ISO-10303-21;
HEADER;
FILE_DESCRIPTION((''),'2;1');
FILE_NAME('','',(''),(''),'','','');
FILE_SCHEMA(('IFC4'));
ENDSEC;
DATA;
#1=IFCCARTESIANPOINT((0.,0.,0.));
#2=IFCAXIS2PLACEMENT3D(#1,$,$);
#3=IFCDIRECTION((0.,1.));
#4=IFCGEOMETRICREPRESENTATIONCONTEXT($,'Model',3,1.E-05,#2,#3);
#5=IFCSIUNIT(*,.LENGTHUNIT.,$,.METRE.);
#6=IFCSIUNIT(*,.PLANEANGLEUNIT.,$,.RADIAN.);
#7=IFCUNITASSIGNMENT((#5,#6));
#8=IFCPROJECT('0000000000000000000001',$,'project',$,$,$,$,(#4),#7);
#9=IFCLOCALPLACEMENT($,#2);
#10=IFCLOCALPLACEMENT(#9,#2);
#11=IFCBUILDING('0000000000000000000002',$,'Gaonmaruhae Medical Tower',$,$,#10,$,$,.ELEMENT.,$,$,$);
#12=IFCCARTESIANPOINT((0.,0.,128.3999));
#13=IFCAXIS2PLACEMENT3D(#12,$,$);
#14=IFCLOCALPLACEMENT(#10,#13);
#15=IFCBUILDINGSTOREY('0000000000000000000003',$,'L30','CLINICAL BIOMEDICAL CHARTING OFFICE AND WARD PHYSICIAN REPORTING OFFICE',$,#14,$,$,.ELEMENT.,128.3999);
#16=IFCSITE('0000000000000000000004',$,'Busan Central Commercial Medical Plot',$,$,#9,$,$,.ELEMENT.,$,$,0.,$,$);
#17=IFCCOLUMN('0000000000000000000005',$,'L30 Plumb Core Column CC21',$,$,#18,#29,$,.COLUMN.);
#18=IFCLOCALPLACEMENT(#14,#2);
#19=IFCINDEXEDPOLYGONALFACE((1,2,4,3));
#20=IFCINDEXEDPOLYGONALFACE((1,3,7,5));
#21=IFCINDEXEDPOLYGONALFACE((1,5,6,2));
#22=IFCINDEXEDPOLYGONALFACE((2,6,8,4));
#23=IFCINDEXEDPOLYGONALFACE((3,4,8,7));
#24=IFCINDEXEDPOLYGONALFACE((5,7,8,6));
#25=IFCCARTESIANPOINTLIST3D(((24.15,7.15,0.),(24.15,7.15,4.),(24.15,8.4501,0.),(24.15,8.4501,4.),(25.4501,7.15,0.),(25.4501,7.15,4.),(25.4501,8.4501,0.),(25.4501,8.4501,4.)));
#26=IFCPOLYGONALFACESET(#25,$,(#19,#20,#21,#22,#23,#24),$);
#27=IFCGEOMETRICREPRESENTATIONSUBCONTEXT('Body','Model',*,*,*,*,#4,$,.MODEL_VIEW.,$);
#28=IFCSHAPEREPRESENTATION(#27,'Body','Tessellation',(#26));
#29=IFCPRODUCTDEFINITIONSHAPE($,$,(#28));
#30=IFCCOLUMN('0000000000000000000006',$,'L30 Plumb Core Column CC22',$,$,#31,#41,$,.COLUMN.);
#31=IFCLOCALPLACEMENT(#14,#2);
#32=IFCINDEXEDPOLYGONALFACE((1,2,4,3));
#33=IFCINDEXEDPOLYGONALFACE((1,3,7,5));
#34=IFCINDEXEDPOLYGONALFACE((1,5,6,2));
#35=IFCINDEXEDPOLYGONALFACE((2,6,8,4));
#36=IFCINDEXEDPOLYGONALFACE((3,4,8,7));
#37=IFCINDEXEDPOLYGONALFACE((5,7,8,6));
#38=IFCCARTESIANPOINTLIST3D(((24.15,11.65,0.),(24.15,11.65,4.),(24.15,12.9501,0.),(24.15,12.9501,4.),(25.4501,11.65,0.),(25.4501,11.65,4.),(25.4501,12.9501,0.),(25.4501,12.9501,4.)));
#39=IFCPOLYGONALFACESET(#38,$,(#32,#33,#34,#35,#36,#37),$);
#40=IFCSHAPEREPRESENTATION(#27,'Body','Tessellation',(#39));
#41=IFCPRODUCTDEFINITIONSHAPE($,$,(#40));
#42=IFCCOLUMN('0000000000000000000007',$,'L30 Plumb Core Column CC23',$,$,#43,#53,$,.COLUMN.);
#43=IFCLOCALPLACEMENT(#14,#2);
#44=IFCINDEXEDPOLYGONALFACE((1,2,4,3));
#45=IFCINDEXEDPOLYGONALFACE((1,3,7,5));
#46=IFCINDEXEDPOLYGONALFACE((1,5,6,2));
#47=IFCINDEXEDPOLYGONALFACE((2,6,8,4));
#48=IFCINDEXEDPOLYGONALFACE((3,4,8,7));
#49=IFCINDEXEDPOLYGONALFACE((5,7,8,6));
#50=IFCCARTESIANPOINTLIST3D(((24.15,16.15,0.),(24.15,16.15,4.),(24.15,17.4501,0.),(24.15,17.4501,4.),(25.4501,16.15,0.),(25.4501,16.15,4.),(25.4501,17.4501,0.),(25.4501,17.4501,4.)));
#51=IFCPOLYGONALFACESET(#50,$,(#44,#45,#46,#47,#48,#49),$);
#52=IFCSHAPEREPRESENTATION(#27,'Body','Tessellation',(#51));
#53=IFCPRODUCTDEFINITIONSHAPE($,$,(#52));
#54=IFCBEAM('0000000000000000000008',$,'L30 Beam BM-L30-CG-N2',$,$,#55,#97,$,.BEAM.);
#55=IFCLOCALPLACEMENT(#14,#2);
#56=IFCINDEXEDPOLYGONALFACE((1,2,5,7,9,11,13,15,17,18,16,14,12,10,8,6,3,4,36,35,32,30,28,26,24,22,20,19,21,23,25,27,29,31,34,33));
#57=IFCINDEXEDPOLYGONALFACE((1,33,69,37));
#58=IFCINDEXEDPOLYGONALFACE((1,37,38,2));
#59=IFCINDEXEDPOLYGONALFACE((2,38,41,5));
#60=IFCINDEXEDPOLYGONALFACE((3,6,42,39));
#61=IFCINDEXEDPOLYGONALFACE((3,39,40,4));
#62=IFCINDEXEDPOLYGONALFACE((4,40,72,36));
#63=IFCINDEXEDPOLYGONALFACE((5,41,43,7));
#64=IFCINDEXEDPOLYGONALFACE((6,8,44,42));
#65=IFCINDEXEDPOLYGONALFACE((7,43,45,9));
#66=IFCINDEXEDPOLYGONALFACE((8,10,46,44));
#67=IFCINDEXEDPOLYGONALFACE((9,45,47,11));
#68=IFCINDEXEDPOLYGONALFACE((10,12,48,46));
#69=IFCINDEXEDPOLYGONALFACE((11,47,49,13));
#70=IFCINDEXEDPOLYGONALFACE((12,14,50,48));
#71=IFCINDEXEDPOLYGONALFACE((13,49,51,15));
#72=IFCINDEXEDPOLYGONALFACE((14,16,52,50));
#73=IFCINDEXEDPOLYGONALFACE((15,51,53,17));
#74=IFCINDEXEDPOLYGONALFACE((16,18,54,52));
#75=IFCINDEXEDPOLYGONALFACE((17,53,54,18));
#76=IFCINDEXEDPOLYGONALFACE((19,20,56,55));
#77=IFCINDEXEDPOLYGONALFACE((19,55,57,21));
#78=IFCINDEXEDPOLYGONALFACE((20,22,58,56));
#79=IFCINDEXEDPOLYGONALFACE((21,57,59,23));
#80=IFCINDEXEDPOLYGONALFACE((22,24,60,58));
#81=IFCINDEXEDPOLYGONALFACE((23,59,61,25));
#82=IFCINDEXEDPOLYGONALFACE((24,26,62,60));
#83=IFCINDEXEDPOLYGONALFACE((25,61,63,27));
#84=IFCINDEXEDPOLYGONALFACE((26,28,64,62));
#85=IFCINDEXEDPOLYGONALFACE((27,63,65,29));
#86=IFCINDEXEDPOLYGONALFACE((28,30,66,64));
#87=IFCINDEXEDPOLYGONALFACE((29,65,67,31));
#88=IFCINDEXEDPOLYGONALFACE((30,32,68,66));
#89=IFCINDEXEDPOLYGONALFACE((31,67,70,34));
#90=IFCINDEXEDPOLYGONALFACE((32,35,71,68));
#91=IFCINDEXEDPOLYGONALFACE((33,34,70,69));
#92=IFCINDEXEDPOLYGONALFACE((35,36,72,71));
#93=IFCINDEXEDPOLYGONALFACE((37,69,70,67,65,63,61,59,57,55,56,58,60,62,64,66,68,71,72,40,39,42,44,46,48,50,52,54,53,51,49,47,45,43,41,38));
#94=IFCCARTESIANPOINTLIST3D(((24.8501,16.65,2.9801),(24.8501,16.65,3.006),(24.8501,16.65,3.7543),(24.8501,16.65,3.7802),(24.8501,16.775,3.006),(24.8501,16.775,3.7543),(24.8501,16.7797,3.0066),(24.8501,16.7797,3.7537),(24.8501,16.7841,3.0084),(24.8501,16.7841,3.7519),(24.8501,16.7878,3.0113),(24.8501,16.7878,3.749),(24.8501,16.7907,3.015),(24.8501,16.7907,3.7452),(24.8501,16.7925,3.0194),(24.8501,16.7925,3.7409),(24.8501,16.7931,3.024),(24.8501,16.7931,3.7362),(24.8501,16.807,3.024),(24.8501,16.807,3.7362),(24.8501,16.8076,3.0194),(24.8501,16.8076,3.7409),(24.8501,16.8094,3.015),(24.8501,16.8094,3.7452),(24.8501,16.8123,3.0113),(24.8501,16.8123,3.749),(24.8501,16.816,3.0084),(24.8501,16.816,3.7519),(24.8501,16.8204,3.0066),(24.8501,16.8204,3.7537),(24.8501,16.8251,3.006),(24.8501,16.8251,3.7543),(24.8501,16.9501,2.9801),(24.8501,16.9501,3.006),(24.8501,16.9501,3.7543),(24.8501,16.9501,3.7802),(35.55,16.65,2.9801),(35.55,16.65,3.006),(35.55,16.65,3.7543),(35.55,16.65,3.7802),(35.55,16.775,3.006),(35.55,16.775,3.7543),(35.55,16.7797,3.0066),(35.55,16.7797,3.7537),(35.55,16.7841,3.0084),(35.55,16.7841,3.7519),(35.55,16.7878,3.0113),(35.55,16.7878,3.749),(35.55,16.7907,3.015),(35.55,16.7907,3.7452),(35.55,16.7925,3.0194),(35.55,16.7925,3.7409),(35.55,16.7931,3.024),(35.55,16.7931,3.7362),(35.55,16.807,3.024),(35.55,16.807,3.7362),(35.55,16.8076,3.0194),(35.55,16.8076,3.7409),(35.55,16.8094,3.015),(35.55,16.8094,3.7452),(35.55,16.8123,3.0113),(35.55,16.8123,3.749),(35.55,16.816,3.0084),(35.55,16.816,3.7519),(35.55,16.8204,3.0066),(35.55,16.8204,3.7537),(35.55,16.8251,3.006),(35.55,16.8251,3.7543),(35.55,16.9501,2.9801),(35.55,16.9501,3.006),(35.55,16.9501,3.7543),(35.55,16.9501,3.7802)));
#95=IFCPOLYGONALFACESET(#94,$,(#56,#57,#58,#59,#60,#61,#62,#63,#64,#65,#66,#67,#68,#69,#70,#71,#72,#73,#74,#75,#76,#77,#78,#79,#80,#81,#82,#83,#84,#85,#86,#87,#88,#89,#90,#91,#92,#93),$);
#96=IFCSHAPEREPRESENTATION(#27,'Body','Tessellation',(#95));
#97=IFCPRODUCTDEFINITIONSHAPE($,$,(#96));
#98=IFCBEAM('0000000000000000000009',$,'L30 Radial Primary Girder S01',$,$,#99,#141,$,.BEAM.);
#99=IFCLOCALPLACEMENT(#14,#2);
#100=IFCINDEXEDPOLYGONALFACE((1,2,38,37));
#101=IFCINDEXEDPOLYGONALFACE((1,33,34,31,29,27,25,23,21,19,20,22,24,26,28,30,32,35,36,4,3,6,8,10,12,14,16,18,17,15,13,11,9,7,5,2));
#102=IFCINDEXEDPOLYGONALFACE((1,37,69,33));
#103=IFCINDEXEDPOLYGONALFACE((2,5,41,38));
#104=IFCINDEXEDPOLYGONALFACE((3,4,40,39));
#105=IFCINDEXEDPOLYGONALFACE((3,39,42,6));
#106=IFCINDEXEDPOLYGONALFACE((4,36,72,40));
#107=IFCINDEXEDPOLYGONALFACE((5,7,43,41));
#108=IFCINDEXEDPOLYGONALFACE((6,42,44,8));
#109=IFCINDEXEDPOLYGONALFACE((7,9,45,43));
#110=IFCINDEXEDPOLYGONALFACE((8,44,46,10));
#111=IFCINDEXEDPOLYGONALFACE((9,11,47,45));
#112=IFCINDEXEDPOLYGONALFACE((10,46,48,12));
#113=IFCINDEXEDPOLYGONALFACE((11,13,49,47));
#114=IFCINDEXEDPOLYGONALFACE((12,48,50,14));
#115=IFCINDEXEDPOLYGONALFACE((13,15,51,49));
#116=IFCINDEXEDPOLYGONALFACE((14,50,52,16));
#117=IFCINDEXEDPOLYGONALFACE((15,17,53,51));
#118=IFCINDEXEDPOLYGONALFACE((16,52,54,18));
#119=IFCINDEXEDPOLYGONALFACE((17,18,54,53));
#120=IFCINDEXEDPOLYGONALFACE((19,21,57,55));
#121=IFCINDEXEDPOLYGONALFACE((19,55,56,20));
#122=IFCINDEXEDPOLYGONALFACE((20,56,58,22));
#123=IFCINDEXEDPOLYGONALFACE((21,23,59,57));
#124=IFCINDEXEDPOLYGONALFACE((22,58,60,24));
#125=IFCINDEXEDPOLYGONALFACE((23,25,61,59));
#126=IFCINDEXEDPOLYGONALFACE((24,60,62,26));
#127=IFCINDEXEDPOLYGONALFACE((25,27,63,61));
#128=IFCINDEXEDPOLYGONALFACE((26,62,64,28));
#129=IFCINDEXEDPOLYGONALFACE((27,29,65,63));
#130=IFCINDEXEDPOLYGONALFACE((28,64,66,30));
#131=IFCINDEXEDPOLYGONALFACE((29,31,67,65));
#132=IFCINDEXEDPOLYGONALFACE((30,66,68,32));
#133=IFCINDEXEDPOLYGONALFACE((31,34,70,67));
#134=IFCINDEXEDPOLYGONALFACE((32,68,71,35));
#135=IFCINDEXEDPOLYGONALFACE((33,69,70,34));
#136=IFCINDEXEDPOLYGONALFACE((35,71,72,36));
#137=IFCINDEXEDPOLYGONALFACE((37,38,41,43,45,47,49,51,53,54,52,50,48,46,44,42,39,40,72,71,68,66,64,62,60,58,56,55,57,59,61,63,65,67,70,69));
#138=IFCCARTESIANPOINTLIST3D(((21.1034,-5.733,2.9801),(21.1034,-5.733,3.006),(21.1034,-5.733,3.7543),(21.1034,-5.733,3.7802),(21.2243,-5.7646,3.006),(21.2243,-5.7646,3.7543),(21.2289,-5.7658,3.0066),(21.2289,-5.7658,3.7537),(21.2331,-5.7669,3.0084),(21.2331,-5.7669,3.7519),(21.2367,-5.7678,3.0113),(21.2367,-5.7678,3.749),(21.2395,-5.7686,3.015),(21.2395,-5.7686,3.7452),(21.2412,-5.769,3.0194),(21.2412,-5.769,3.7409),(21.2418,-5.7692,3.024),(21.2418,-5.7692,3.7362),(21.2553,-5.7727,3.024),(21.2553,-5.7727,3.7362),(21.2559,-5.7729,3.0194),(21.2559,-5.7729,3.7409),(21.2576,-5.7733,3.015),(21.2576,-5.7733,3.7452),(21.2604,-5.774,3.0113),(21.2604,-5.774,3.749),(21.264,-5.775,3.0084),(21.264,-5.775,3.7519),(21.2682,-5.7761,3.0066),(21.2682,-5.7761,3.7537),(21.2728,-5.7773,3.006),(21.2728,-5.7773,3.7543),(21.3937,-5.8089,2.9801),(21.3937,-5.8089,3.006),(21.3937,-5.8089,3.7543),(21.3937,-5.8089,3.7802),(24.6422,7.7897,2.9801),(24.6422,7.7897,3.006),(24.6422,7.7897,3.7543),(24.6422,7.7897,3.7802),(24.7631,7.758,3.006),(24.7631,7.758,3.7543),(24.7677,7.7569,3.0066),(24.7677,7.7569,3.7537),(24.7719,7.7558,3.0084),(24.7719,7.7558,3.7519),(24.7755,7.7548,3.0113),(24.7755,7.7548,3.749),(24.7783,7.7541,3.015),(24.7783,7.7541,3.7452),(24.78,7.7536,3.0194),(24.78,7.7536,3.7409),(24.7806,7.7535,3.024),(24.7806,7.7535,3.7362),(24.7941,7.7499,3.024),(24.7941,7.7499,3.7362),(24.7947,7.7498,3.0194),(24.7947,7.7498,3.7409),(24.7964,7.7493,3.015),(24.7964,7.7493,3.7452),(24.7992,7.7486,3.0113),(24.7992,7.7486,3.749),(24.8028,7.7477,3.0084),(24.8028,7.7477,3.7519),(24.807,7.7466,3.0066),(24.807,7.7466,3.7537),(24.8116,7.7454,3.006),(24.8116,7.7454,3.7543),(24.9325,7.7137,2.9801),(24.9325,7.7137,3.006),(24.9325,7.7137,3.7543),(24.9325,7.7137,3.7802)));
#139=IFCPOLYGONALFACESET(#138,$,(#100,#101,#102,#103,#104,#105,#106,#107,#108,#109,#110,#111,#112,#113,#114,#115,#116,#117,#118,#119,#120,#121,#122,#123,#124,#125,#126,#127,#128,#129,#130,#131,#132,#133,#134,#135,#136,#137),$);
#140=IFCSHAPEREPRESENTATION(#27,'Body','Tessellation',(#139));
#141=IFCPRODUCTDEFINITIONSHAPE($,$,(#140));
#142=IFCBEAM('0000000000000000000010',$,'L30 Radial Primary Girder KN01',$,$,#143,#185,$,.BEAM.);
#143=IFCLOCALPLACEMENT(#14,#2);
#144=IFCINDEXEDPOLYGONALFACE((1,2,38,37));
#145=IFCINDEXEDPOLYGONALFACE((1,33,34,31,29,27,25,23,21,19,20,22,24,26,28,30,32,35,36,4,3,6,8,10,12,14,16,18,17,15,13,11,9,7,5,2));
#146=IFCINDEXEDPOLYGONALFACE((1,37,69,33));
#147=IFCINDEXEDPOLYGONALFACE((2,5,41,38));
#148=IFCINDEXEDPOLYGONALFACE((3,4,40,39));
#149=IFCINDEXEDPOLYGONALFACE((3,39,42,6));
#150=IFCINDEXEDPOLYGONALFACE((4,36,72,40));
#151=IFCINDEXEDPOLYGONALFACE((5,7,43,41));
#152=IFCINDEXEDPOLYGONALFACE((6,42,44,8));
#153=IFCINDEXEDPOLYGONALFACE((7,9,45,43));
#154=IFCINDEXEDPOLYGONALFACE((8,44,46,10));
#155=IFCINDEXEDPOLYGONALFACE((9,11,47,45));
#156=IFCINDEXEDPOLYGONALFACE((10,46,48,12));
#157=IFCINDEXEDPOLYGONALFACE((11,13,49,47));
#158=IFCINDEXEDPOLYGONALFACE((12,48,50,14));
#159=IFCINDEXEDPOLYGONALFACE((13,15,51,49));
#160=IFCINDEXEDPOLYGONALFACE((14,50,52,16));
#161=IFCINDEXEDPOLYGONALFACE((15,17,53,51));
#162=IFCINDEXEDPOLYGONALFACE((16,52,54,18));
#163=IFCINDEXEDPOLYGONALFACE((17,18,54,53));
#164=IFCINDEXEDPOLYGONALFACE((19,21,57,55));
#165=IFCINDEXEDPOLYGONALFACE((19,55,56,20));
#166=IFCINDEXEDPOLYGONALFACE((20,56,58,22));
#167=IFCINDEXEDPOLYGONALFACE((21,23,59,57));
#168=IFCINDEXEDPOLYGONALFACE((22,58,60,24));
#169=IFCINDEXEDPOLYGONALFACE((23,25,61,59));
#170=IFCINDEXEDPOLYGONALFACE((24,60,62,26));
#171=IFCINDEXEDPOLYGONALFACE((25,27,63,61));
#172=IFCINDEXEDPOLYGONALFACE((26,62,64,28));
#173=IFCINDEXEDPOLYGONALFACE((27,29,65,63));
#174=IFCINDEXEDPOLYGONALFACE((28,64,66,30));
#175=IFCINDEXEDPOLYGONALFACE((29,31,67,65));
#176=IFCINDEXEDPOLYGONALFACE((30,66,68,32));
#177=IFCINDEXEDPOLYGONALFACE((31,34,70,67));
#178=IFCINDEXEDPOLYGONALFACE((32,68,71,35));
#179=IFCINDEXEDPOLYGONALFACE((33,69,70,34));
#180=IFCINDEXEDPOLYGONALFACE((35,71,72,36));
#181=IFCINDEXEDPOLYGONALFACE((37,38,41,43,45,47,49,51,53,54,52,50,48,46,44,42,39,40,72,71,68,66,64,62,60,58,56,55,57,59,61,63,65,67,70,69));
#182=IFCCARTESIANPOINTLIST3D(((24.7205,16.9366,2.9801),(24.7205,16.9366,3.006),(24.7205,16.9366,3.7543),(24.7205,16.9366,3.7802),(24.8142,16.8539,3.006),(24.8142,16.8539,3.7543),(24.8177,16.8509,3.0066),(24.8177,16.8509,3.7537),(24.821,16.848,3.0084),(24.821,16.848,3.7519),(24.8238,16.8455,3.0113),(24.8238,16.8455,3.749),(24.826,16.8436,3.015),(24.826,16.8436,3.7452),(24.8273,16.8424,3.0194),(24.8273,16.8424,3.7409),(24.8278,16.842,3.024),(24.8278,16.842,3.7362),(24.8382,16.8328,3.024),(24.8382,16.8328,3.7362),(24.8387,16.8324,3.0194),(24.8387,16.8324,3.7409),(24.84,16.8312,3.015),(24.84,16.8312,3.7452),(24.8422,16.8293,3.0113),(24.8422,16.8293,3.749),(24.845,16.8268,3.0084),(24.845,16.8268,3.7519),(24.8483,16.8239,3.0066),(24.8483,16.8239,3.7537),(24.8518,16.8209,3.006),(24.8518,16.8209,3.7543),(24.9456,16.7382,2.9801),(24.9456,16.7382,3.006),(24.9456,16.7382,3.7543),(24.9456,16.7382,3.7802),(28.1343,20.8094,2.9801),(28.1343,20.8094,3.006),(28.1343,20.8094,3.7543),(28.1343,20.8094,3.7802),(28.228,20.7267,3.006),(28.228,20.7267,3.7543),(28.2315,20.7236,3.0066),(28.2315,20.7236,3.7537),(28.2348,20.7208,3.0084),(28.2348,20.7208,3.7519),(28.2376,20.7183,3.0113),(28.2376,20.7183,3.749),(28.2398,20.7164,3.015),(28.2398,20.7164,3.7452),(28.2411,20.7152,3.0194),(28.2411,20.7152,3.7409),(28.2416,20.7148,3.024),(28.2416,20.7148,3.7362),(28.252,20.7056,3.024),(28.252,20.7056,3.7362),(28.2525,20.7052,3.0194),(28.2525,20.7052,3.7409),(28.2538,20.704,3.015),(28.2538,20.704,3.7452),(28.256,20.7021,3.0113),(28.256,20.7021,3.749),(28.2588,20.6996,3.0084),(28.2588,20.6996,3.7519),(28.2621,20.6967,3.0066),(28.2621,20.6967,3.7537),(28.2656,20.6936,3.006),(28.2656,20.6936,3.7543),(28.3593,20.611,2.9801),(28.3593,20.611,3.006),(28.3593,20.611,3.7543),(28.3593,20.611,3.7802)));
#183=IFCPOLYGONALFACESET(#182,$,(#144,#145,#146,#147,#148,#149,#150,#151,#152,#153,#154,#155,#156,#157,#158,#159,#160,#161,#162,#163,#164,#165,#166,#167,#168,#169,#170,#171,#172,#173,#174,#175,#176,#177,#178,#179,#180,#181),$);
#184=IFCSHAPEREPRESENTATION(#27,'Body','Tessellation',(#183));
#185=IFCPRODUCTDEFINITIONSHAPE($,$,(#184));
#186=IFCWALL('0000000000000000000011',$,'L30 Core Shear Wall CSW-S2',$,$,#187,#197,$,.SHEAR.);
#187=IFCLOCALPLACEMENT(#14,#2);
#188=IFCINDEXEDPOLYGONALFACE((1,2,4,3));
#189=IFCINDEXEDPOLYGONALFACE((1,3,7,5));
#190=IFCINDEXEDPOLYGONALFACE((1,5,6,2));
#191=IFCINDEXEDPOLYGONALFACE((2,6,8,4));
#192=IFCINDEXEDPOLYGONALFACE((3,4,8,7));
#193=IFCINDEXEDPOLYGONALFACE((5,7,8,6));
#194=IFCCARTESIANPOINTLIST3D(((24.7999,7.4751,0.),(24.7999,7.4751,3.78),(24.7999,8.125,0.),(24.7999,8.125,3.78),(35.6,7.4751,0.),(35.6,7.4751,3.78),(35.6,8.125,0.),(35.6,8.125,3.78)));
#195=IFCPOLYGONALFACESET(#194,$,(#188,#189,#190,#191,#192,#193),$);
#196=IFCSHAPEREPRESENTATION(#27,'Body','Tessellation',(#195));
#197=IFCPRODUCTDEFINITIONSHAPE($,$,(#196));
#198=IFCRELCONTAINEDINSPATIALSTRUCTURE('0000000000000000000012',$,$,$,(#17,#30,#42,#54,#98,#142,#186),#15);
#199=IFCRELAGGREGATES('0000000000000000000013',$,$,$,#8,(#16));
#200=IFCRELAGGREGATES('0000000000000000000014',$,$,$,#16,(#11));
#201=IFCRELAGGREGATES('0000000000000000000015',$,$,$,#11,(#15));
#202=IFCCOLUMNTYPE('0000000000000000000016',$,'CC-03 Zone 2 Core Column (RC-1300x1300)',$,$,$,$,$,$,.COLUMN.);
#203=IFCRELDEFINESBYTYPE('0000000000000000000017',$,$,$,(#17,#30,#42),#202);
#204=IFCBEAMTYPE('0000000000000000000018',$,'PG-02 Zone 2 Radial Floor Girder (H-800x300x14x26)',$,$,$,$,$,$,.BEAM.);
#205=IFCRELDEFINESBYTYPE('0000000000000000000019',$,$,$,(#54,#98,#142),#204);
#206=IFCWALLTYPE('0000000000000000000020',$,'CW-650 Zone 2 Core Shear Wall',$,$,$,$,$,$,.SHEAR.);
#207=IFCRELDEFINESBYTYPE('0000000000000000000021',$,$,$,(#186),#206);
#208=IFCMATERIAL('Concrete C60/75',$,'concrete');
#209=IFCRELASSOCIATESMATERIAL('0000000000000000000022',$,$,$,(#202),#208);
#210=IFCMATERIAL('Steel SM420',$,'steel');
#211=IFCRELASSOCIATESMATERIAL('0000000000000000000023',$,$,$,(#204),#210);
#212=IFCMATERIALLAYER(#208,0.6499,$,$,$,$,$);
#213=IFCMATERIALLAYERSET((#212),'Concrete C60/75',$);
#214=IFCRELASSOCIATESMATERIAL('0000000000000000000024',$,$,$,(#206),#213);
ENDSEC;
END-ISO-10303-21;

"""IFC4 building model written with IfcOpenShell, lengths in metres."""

from ifc_helpers import new_model, si_unit, direction, frame, frame_2d, origin, origin_2d, place, context, subcontext, project, spatial, rectangle, i_section, extrude, material, layer, layer_set, material_profile, profile_set, type_object, element, save


model = new_model("IFC4")

# Units and contexts
model_context = context("Model", 3, precision=1e-05, world=origin(), true_north=direction((0.0, 1.0)))
body_context = subcontext(model_context, "Body", "Model", "MODEL_VIEW")
ifc_project = project(units=[si_unit("LENGTHUNIT", "METRE"), si_unit("PLANEANGLEUNIT", "RADIAN")], contexts=[model_context])

# Site, building, storey
site_placement = place(None, origin())
site = spatial("IfcSite", under=ifc_project, at=site_placement, Name="Busan Central Commercial Medical Plot", CompositionType="ELEMENT", RefElevation=0.0)
building_placement = place(site_placement, origin())
building = spatial("IfcBuilding", under=site, at=building_placement, Name="Gaonmaruhae Medical Tower", CompositionType="ELEMENT")
storey_placement = place(building_placement, frame((0.0, 0.0, 128.3999)))
storey = spatial("IfcBuildingStorey", under=building, at=storey_placement, Name="L30", Description="CLINICAL BIOMEDICAL CHARTING OFFICE AND WARD PHYSICIAN REPORTING OFFICE", CompositionType="ELEMENT", Elevation=128.3999)

# Columns
ifc_material_1 = material(Name="Concrete C60/75", Category="concrete")
ifc_material_profile_1 = material_profile(ifc_material_1, rectangle(XDim=1.3, YDim=1.3, at=origin_2d()), Name="RC-1300x1300")
ifc_profile_set_1 = profile_set([ifc_material_profile_1], Name="Concrete C60/75")
column_type = type_object("IfcColumnType", Name="CC-03 Zone 2 Core Column (RC-1300x1300)", PredefinedType="COLUMN", material=ifc_profile_set_1)
for number, where, z_axis, x_axis, name in (
    (1, (24.8, 7.8, 0.0), (0.0, 0.0, 1.0), (1.0, 0.0, 0.0), "L30 Plumb Core Column CC21"),
    (2, (24.8, 12.3, 0.0), (0.0, 0.0, 1.0), (1.0, 0.0, 0.0), "L30 Plumb Core Column CC22"),
    (3, (24.8, 16.8, 0.0), (0.0, 0.0, 1.0), (1.0, 0.0, 0.0), "L30 Plumb Core Column CC23"),
):
    element("IfcColumn", number, at=place(storey_placement, frame(where, z_axis=z_axis, x_axis=x_axis)), inside=storey, type_object=column_type, Name=name, PredefinedType="COLUMN", context=body_context, shape_type="SweptSolid", body=[
        extrude(rectangle(XDim=1.3, YDim=1.3, at=origin_2d()), origin(), (0.0, 0.0, 1.0), 4.0),
    ])

# Beams
ifc_material_2 = material(Name="Steel SM420", Category="steel")
ifc_material_profile_2 = material_profile(ifc_material_2, i_section(OverallWidth=0.3, OverallDepth=0.8, WebThickness=0.0139, FlangeThickness=0.0259, FilletRadius=0.0181, at=origin_2d()), Name="H-800x300x14x26")
ifc_profile_set_2 = profile_set([ifc_material_profile_2], Name="Steel SM420")
beam_type = type_object("IfcBeamType", Name="PG-02 Zone 2 Radial Floor Girder (H-800x300x14x26)", PredefinedType="BEAM", material=ifc_profile_set_2)
beam_1_placement = place(storey_placement, frame((24.8501, 16.8, 3.3801), z_axis=(1.0, 0.0, 0.0), x_axis=(0.0, 1.0, 0.0)))
element("IfcBeam", 4, at=beam_1_placement, inside=storey, type_object=beam_type, Name="L30 Beam BM-L30-CG-N2", PredefinedType="BEAM", context=body_context, shape_type="SweptSolid", body=[
    extrude(i_section(OverallWidth=0.3, OverallDepth=0.8, WebThickness=0.0139, FlangeThickness=0.0259, FilletRadius=0.0181, at=origin_2d()), origin(), (0.0, 0.0, 1.0), 10.7),
])
beam_2_placement = place(storey_placement, frame((24.7874, 7.7517, 3.3801), z_axis=(-0.253169, -0.967422, 0.0), x_axis=(0.967422, -0.253169, 0.0)))
element("IfcBeam", 5, at=beam_2_placement, inside=storey, type_object=beam_type, Name="L30 Radial Primary Girder S01", PredefinedType="BEAM", context=body_context, shape_type="SweptSolid", body=[
    extrude(i_section(OverallWidth=0.3, OverallDepth=0.8, WebThickness=0.0139, FlangeThickness=0.0259, FilletRadius=0.0181, at=origin_2d()), origin(), (0.0, 0.0, 1.0), 13.978),
])
beam_3_placement = place(storey_placement, frame((24.833, 16.8374, 3.3801), z_axis=(0.661256, 0.750161, 0.0), x_axis=(-0.750161, 0.661256, 0.0)))
element("IfcBeam", 6, at=beam_3_placement, inside=storey, type_object=beam_type, Name="L30 Radial Primary Girder KN01", PredefinedType="BEAM", context=body_context, shape_type="SweptSolid", body=[
    extrude(i_section(OverallWidth=0.3, OverallDepth=0.8, WebThickness=0.0139, FlangeThickness=0.0259, FilletRadius=0.0181, at=origin_2d()), origin(), (0.0, 0.0, 1.0), 5.1626),
])

# Wall
ifc_layer_1 = layer(ifc_material_1, 0.6499)
ifc_layer_set_1 = layer_set([ifc_layer_1], Name="Concrete C60/75")
wall_type_1 = type_object("IfcWallType", Name="CW-650 Zone 2 Core Shear Wall", PredefinedType="SHEAR", material=ifc_layer_set_1)
wall_1_placement = place(storey_placement, frame((24.8, 7.8, 0.0), z_axis=(0.0, 0.0, 1.0), x_axis=(1.0, 0.0, 0.0)))
element("IfcWall", 7, at=wall_1_placement, inside=storey, type_object=wall_type_1, Name="L30 Core Shear Wall CSW-S2", PredefinedType="SHEAR", context=body_context, shape_type="SweptSolid", body=[
    extrude(rectangle(XDim=10.8, YDim=0.6499, at=frame_2d((5.3999, 0.0))), origin(), (0.0, 0.0, 1.0), 3.78),
])

save(model, "model.ifc")
